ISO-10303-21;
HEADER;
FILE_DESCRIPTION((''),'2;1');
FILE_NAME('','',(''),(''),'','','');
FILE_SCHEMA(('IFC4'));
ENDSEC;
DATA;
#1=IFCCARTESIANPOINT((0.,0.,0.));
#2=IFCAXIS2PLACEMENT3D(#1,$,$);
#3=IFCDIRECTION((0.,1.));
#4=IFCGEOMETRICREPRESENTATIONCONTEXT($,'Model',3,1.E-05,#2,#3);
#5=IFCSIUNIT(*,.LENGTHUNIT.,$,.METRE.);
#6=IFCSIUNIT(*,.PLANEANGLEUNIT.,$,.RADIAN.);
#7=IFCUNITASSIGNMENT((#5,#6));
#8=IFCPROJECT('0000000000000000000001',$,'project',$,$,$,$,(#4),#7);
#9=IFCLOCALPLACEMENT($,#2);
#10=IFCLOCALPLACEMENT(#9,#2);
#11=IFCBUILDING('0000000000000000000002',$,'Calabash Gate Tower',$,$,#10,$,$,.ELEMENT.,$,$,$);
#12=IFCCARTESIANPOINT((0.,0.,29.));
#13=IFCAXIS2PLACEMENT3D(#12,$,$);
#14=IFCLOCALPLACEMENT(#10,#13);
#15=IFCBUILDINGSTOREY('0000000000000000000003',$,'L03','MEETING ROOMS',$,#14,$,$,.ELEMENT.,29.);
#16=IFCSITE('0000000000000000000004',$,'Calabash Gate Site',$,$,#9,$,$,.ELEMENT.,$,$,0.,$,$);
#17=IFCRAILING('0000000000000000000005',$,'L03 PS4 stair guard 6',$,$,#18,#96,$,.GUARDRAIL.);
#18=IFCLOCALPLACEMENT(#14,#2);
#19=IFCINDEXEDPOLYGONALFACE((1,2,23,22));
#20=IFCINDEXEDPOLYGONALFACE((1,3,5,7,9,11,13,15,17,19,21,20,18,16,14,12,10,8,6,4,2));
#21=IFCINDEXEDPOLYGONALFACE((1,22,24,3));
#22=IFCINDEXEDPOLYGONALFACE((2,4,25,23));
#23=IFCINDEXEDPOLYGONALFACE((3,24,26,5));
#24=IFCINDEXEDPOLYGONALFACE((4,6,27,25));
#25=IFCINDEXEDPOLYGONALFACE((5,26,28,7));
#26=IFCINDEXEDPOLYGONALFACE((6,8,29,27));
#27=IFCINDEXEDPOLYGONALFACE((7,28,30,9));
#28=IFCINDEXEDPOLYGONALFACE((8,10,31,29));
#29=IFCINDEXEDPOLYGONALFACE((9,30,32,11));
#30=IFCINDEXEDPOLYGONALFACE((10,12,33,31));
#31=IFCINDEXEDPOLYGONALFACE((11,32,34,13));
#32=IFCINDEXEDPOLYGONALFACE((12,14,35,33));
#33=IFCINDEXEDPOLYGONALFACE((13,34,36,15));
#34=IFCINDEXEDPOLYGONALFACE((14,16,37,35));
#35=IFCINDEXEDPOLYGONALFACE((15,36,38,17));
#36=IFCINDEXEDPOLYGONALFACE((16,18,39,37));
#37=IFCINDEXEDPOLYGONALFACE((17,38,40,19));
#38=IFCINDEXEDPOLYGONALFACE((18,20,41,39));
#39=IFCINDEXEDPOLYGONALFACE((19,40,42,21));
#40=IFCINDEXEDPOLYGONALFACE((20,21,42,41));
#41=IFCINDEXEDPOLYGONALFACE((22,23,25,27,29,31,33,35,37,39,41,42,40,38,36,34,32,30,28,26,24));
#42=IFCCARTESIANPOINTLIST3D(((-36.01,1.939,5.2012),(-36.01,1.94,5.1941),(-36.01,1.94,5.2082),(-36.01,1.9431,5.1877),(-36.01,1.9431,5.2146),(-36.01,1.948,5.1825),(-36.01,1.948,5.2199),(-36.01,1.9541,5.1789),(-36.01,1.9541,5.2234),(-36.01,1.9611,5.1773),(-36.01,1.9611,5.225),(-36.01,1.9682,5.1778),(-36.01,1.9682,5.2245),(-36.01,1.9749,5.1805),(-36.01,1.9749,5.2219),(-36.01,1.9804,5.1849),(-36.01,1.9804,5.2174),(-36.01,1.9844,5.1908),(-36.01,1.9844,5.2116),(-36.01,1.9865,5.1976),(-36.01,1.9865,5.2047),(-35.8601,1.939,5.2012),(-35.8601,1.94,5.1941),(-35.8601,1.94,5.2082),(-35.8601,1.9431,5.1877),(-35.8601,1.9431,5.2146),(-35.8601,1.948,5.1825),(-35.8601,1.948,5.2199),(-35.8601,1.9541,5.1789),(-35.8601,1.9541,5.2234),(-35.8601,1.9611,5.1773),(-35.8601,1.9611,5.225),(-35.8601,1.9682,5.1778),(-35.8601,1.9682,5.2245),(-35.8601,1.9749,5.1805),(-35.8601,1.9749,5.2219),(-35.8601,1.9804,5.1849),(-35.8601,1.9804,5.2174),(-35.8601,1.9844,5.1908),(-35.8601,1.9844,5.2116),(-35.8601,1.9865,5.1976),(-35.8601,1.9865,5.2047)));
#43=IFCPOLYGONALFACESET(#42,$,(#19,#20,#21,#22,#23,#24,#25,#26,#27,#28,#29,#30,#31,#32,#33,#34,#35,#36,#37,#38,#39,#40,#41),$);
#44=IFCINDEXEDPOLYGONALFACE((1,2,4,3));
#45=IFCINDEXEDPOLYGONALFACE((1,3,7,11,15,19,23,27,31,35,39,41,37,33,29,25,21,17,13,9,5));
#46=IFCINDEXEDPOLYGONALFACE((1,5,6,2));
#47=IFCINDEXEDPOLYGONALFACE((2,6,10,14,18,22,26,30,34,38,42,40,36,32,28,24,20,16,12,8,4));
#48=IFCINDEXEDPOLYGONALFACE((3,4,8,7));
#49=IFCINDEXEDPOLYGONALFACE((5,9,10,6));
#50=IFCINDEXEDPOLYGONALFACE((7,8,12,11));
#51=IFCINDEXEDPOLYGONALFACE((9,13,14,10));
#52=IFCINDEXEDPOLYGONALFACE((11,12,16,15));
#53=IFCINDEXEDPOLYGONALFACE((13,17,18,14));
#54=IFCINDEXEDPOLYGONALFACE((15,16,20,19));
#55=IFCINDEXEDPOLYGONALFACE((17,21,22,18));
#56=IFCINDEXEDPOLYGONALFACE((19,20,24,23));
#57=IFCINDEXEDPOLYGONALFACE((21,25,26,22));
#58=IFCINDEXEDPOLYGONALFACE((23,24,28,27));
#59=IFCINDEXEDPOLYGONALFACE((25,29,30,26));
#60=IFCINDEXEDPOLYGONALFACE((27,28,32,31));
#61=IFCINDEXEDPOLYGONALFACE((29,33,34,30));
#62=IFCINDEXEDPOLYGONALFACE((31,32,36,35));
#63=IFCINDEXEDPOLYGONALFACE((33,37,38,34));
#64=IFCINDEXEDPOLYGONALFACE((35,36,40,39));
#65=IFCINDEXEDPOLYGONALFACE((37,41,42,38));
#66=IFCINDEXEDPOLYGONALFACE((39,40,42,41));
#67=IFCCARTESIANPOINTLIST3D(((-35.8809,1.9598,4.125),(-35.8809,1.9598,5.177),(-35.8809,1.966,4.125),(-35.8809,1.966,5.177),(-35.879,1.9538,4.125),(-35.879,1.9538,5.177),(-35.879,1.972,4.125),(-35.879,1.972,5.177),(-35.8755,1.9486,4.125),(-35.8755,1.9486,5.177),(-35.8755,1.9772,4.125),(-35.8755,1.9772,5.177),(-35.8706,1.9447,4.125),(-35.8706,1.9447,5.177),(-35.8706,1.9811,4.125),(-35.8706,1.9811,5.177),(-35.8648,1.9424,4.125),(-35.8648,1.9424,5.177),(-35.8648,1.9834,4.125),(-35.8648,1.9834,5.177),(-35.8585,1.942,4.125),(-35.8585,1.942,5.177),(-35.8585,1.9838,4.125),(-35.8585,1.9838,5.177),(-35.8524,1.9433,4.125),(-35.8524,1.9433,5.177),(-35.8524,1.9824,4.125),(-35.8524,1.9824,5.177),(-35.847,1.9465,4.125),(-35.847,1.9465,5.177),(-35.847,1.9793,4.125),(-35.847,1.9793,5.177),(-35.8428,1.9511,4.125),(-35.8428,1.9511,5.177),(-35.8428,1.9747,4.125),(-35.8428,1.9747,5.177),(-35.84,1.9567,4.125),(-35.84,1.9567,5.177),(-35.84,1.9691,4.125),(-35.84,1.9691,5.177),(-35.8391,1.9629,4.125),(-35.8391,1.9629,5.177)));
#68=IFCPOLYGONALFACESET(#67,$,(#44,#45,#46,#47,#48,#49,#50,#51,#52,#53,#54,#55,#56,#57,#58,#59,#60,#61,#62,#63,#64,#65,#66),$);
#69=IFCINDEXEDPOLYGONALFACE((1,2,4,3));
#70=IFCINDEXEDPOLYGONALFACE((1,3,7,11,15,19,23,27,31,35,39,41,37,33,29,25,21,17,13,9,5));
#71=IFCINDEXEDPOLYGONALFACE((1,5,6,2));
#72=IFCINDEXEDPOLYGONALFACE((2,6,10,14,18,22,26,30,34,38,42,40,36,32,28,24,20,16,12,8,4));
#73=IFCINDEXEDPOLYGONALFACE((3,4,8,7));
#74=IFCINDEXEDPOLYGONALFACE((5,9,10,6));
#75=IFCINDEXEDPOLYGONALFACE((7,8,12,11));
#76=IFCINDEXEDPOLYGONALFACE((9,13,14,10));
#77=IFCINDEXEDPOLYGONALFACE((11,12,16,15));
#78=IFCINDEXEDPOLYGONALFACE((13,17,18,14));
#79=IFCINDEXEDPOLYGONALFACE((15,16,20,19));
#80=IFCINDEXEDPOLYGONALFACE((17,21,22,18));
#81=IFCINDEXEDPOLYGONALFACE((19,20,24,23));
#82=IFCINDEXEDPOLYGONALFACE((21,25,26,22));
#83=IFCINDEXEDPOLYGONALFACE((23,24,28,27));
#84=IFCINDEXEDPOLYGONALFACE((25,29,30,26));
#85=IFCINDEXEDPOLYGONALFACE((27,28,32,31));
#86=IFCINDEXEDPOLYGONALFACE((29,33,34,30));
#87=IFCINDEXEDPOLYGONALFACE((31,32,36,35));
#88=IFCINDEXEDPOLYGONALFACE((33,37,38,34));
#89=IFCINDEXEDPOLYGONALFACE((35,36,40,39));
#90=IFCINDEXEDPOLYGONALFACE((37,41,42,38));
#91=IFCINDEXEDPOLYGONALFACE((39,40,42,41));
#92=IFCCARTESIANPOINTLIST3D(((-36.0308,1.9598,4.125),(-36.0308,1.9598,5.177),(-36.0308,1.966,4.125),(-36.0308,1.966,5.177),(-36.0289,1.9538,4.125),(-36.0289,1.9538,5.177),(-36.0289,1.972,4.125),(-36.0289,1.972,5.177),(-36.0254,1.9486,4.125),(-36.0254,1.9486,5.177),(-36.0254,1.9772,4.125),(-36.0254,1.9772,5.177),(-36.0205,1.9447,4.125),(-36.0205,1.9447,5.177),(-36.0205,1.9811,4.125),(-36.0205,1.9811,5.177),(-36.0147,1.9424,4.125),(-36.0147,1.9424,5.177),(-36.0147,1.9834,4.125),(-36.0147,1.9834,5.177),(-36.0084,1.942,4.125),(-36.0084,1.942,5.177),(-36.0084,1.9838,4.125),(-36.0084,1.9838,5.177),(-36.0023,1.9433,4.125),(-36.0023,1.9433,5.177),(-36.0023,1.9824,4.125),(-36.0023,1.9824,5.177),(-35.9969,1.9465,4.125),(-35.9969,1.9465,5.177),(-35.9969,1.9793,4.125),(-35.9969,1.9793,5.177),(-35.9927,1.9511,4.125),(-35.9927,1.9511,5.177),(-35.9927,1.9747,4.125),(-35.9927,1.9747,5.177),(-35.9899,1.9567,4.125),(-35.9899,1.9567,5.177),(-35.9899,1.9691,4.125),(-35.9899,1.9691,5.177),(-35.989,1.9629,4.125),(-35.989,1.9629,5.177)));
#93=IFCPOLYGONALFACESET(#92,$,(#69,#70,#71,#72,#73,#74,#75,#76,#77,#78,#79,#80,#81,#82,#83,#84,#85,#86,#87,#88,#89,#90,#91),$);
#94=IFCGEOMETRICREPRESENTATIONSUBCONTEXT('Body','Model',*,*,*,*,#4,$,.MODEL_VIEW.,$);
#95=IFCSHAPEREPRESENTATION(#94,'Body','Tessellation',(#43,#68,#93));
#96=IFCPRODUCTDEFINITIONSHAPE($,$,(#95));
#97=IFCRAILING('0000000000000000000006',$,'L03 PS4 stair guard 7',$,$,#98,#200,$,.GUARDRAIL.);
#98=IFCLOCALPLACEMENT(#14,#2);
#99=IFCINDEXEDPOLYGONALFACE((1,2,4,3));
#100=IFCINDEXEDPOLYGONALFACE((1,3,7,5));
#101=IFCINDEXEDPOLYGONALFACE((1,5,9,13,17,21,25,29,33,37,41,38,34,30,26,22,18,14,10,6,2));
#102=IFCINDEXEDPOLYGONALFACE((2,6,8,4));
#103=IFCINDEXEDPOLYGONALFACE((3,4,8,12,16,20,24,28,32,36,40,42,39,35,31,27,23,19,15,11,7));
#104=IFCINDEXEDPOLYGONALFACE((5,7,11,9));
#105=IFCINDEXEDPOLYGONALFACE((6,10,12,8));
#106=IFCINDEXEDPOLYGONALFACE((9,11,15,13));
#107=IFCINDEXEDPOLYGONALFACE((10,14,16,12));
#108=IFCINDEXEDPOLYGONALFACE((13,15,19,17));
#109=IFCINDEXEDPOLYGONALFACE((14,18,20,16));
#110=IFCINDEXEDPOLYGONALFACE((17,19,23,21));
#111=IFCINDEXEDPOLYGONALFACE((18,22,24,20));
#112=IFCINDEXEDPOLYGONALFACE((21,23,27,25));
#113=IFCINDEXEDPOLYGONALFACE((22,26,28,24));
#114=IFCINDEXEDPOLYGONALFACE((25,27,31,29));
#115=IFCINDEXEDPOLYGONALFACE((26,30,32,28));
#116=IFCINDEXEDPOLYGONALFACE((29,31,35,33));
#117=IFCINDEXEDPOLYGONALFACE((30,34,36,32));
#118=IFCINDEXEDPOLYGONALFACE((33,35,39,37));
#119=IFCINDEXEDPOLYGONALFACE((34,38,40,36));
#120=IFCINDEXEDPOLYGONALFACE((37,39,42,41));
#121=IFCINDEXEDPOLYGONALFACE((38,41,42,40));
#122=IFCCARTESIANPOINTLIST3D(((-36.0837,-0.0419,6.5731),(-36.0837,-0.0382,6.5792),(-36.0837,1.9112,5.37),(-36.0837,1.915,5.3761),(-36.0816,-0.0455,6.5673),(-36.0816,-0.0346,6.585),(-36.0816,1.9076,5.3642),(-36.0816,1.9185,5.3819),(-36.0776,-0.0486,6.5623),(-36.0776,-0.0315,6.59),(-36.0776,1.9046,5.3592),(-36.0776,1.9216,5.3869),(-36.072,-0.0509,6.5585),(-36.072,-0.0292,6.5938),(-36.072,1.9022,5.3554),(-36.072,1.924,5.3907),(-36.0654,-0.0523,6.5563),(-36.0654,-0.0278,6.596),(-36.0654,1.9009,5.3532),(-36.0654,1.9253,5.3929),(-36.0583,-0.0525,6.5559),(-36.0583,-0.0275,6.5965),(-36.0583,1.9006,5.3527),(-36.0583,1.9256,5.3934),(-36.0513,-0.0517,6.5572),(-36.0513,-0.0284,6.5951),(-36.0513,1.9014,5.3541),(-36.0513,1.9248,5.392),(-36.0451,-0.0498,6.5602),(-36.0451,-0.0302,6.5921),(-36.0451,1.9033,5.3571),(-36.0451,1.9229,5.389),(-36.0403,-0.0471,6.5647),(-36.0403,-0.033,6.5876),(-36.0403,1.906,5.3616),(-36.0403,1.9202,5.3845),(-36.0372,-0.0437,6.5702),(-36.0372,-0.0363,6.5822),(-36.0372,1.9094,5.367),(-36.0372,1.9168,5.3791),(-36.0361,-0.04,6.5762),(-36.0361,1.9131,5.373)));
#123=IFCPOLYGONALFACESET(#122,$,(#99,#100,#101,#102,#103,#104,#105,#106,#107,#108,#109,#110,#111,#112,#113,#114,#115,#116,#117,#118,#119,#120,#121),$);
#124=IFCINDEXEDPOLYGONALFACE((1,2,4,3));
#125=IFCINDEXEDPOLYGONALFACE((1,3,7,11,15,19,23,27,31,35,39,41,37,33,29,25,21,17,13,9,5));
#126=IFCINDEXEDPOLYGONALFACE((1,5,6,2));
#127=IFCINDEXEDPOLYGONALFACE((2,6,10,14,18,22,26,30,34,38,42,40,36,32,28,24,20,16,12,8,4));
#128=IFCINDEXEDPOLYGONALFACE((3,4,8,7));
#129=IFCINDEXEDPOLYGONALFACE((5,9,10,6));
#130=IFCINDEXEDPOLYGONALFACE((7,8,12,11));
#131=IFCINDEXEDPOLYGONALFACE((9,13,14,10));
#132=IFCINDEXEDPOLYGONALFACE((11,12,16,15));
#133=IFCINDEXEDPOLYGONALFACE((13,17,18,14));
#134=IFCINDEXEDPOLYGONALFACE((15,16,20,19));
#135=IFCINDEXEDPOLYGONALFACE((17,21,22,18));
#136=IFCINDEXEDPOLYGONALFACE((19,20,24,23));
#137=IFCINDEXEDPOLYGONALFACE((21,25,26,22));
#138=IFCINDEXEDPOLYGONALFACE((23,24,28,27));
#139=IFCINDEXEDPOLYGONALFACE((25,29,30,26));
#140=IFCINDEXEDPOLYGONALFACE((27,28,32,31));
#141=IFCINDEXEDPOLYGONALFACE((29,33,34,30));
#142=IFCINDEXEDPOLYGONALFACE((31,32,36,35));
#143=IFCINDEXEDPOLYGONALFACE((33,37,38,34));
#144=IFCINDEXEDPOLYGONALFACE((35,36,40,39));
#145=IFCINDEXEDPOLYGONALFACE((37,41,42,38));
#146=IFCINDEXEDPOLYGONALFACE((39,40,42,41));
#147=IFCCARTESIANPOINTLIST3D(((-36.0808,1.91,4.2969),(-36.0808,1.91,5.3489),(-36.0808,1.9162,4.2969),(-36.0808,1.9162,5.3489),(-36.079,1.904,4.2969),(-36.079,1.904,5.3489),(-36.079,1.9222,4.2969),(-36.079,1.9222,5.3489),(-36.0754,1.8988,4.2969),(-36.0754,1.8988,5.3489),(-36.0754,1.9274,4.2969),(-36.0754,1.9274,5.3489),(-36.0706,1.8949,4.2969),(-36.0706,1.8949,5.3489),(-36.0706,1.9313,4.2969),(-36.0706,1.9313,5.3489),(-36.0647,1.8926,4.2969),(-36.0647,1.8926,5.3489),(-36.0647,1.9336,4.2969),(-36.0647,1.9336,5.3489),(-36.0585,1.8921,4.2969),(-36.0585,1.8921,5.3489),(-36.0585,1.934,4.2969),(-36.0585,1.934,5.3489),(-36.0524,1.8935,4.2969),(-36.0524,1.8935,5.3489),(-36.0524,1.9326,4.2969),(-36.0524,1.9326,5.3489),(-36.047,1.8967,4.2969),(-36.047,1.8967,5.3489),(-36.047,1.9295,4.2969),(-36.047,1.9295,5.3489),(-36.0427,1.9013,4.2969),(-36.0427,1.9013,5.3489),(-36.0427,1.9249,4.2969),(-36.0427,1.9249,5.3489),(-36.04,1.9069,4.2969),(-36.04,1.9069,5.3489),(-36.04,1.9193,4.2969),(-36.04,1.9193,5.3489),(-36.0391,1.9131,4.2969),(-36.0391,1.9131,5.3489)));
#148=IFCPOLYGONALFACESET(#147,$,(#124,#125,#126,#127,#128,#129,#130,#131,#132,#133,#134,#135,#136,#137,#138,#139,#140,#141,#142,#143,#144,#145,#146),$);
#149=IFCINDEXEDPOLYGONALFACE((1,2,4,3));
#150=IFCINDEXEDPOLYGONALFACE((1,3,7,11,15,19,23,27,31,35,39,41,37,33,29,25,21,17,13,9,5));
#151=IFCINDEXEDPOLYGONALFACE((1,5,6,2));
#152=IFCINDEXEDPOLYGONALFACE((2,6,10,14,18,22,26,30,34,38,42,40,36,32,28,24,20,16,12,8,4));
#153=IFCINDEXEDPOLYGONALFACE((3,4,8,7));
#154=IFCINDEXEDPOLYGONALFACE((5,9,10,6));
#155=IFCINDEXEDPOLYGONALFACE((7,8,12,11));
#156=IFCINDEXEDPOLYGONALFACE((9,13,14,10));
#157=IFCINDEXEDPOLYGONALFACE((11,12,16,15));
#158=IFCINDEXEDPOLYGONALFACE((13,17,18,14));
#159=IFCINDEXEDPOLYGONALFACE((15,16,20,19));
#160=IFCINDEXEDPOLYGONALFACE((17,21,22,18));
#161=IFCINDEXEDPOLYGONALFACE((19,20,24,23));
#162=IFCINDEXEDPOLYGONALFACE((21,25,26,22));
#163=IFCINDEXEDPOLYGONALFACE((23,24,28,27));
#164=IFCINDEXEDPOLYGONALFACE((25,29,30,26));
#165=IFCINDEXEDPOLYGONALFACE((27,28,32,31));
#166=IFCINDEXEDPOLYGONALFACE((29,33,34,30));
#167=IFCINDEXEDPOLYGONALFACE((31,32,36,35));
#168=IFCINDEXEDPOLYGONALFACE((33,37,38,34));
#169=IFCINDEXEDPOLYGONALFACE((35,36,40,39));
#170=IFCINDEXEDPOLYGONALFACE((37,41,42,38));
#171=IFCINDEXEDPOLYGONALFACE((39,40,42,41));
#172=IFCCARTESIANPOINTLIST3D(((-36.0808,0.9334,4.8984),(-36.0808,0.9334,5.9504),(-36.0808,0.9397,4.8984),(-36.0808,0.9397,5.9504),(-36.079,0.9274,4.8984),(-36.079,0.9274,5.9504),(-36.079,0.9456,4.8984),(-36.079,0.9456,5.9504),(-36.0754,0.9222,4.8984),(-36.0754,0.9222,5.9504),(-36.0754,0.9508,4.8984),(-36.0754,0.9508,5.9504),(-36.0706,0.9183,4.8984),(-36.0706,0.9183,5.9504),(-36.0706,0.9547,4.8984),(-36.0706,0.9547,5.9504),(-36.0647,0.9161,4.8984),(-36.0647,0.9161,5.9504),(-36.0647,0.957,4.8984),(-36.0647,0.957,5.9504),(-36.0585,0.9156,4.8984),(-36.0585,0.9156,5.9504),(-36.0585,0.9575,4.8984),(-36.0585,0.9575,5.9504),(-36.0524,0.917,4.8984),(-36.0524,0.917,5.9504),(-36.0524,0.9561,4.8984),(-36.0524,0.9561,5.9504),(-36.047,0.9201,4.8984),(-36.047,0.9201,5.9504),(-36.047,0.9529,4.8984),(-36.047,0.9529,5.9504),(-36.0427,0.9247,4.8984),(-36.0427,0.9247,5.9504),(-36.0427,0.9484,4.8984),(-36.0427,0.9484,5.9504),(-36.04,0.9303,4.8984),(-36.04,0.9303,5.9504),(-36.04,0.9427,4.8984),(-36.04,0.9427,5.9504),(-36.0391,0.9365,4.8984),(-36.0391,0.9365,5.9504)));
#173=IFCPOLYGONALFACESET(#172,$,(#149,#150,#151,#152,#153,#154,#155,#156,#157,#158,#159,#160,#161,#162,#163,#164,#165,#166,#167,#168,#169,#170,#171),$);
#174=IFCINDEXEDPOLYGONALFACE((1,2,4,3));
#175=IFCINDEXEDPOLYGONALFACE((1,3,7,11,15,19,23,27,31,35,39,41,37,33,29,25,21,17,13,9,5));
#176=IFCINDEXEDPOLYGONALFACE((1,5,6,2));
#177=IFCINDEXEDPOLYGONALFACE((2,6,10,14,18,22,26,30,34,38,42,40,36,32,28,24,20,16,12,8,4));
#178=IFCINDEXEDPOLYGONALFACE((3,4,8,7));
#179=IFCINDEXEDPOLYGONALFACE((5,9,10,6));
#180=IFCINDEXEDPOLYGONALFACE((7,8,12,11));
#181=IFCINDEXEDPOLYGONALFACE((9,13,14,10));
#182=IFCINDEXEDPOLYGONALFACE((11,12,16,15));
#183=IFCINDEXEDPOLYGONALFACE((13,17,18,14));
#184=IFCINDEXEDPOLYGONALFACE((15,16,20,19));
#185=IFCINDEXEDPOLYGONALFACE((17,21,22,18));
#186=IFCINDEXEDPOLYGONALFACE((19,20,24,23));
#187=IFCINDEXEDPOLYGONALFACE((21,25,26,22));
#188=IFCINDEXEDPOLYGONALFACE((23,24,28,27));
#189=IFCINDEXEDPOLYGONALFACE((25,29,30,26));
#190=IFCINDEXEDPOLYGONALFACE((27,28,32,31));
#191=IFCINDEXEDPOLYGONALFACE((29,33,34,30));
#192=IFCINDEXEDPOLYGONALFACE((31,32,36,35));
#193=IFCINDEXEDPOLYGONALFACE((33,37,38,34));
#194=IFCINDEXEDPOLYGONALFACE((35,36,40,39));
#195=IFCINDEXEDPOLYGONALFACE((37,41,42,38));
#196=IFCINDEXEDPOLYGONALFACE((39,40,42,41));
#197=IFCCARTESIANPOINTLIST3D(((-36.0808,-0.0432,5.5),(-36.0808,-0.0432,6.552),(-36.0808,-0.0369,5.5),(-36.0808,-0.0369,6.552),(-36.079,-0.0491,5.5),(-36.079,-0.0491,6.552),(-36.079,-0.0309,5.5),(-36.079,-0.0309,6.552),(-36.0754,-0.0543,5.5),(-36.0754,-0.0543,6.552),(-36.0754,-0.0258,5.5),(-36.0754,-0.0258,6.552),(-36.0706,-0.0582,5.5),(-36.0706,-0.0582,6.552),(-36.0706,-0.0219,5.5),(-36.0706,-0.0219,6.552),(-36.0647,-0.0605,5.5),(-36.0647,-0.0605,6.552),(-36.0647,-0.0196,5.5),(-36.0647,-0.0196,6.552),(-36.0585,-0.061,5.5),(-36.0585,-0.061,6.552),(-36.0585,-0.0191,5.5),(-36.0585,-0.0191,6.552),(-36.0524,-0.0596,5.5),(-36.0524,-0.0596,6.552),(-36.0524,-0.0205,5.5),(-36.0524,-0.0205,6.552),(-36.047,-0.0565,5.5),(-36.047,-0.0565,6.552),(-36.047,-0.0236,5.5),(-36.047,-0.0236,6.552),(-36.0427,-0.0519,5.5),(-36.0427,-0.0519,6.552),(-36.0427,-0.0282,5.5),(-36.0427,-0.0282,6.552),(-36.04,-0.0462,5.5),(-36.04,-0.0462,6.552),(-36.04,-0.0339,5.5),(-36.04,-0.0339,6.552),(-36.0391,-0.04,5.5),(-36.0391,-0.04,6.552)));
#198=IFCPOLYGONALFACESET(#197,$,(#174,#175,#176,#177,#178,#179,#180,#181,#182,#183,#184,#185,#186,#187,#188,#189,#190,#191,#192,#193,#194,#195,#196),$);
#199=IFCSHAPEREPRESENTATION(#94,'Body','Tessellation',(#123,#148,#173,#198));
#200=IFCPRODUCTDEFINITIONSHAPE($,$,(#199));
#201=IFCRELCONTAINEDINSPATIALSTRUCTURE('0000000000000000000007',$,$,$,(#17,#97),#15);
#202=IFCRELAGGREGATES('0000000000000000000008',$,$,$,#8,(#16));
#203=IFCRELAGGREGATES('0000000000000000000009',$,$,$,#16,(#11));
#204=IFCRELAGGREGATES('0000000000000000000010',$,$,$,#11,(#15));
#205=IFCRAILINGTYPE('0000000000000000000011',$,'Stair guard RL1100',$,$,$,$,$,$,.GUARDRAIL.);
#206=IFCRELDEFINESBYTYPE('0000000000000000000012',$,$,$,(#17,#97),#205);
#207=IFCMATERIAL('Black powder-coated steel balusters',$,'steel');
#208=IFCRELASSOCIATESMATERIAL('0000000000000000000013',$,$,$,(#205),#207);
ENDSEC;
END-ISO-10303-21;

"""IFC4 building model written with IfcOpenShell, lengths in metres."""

from ifc_helpers import new_model, si_unit, direction, frame, origin, origin_2d, place, context, subcontext, project, spatial, circle, extrude, material, type_object, element, save


model = new_model("IFC4")

# Units and contexts
model_context = context("Model", 3, precision=1e-05, world=origin(), true_north=direction((0.0, 1.0)))
body_context = subcontext(model_context, "Body", "Model", "MODEL_VIEW")
ifc_project = project(units=[si_unit("LENGTHUNIT", "METRE"), si_unit("PLANEANGLEUNIT", "RADIAN")], contexts=[model_context])

# Site, building, storey
site_placement = place(None, origin())
site = spatial("IfcSite", under=ifc_project, at=site_placement, Name="Calabash Gate Site", CompositionType="ELEMENT", RefElevation=0.0)
building_placement = place(site_placement, origin())
building = spatial("IfcBuilding", under=site, at=building_placement, Name="Calabash Gate Tower", CompositionType="ELEMENT")
storey_placement = place(building_placement, frame((0.0, 0.0, 29.0)))
storey = spatial("IfcBuildingStorey", under=building, at=storey_placement, Name="L03", Description="MEETING ROOMS", CompositionType="ELEMENT", Elevation=29.0)

# Railings
ifc_material_1 = material(Name="Black powder-coated steel balusters", Category="steel")
railing_type_1 = type_object("IfcRailingType", Name="Stair guard RL1100", PredefinedType="GUARDRAIL", material=ifc_material_1)
railing_1_placement = place(storey_placement, frame((-35.8601, 1.9629, 4.125)))
element("IfcRailing", 1, at=railing_1_placement, inside=storey, type_object=railing_type_1, Name="L03 PS4 stair guard 6", PredefinedType="GUARDRAIL", context=body_context, shape_type="SweptSolid", body=[
    extrude(circle(Radius=0.0239, at=origin_2d()), frame((0.0, 0.0, 1.0762), z_axis=(-1.0, 0.0, 0.0), x_axis=(0.0, -1.0, 0.0)), (0.0, 0.0, 1.0), 0.1499),
    extrude(circle(Radius=0.021, at=origin_2d()), origin(), (0.0, 0.0, 1.0), 1.052),
    extrude(circle(Radius=0.021, at=origin_2d()), frame((-0.1499, 0.0, 0.0)), (0.0, 0.0, 1.0), 1.052),
])
railing_2_placement = place(storey_placement, frame((-36.0601, 1.9131, 4.2969)))
element("IfcRailing", 2, at=railing_2_placement, inside=storey, type_object=railing_type_1, Name="L03 PS4 stair guard 7", PredefinedType="GUARDRAIL", context=body_context, shape_type="SweptSolid", body=[
    extrude(circle(Radius=0.0239, at=origin_2d()), frame((0.0, 0.0, 1.0762), z_axis=(0.0, -0.851424, 0.524477), x_axis=(1.0, 0.0, 0.0)), (0.0, 0.0, 1.0), 2.2939),
    extrude(circle(Radius=0.021, at=origin_2d()), origin(), (0.0, 0.0, 1.0), 1.052),
    extrude(circle(Radius=0.021, at=origin_2d()), frame((0.0, -0.9766, 0.6016)), (0.0, 0.0, 1.0), 1.052),
    extrude(circle(Radius=0.021, at=origin_2d()), frame((0.0, -1.9531, 1.2031)), (0.0, 0.0, 1.0), 1.052),
])

save(model, "model.ifc")
